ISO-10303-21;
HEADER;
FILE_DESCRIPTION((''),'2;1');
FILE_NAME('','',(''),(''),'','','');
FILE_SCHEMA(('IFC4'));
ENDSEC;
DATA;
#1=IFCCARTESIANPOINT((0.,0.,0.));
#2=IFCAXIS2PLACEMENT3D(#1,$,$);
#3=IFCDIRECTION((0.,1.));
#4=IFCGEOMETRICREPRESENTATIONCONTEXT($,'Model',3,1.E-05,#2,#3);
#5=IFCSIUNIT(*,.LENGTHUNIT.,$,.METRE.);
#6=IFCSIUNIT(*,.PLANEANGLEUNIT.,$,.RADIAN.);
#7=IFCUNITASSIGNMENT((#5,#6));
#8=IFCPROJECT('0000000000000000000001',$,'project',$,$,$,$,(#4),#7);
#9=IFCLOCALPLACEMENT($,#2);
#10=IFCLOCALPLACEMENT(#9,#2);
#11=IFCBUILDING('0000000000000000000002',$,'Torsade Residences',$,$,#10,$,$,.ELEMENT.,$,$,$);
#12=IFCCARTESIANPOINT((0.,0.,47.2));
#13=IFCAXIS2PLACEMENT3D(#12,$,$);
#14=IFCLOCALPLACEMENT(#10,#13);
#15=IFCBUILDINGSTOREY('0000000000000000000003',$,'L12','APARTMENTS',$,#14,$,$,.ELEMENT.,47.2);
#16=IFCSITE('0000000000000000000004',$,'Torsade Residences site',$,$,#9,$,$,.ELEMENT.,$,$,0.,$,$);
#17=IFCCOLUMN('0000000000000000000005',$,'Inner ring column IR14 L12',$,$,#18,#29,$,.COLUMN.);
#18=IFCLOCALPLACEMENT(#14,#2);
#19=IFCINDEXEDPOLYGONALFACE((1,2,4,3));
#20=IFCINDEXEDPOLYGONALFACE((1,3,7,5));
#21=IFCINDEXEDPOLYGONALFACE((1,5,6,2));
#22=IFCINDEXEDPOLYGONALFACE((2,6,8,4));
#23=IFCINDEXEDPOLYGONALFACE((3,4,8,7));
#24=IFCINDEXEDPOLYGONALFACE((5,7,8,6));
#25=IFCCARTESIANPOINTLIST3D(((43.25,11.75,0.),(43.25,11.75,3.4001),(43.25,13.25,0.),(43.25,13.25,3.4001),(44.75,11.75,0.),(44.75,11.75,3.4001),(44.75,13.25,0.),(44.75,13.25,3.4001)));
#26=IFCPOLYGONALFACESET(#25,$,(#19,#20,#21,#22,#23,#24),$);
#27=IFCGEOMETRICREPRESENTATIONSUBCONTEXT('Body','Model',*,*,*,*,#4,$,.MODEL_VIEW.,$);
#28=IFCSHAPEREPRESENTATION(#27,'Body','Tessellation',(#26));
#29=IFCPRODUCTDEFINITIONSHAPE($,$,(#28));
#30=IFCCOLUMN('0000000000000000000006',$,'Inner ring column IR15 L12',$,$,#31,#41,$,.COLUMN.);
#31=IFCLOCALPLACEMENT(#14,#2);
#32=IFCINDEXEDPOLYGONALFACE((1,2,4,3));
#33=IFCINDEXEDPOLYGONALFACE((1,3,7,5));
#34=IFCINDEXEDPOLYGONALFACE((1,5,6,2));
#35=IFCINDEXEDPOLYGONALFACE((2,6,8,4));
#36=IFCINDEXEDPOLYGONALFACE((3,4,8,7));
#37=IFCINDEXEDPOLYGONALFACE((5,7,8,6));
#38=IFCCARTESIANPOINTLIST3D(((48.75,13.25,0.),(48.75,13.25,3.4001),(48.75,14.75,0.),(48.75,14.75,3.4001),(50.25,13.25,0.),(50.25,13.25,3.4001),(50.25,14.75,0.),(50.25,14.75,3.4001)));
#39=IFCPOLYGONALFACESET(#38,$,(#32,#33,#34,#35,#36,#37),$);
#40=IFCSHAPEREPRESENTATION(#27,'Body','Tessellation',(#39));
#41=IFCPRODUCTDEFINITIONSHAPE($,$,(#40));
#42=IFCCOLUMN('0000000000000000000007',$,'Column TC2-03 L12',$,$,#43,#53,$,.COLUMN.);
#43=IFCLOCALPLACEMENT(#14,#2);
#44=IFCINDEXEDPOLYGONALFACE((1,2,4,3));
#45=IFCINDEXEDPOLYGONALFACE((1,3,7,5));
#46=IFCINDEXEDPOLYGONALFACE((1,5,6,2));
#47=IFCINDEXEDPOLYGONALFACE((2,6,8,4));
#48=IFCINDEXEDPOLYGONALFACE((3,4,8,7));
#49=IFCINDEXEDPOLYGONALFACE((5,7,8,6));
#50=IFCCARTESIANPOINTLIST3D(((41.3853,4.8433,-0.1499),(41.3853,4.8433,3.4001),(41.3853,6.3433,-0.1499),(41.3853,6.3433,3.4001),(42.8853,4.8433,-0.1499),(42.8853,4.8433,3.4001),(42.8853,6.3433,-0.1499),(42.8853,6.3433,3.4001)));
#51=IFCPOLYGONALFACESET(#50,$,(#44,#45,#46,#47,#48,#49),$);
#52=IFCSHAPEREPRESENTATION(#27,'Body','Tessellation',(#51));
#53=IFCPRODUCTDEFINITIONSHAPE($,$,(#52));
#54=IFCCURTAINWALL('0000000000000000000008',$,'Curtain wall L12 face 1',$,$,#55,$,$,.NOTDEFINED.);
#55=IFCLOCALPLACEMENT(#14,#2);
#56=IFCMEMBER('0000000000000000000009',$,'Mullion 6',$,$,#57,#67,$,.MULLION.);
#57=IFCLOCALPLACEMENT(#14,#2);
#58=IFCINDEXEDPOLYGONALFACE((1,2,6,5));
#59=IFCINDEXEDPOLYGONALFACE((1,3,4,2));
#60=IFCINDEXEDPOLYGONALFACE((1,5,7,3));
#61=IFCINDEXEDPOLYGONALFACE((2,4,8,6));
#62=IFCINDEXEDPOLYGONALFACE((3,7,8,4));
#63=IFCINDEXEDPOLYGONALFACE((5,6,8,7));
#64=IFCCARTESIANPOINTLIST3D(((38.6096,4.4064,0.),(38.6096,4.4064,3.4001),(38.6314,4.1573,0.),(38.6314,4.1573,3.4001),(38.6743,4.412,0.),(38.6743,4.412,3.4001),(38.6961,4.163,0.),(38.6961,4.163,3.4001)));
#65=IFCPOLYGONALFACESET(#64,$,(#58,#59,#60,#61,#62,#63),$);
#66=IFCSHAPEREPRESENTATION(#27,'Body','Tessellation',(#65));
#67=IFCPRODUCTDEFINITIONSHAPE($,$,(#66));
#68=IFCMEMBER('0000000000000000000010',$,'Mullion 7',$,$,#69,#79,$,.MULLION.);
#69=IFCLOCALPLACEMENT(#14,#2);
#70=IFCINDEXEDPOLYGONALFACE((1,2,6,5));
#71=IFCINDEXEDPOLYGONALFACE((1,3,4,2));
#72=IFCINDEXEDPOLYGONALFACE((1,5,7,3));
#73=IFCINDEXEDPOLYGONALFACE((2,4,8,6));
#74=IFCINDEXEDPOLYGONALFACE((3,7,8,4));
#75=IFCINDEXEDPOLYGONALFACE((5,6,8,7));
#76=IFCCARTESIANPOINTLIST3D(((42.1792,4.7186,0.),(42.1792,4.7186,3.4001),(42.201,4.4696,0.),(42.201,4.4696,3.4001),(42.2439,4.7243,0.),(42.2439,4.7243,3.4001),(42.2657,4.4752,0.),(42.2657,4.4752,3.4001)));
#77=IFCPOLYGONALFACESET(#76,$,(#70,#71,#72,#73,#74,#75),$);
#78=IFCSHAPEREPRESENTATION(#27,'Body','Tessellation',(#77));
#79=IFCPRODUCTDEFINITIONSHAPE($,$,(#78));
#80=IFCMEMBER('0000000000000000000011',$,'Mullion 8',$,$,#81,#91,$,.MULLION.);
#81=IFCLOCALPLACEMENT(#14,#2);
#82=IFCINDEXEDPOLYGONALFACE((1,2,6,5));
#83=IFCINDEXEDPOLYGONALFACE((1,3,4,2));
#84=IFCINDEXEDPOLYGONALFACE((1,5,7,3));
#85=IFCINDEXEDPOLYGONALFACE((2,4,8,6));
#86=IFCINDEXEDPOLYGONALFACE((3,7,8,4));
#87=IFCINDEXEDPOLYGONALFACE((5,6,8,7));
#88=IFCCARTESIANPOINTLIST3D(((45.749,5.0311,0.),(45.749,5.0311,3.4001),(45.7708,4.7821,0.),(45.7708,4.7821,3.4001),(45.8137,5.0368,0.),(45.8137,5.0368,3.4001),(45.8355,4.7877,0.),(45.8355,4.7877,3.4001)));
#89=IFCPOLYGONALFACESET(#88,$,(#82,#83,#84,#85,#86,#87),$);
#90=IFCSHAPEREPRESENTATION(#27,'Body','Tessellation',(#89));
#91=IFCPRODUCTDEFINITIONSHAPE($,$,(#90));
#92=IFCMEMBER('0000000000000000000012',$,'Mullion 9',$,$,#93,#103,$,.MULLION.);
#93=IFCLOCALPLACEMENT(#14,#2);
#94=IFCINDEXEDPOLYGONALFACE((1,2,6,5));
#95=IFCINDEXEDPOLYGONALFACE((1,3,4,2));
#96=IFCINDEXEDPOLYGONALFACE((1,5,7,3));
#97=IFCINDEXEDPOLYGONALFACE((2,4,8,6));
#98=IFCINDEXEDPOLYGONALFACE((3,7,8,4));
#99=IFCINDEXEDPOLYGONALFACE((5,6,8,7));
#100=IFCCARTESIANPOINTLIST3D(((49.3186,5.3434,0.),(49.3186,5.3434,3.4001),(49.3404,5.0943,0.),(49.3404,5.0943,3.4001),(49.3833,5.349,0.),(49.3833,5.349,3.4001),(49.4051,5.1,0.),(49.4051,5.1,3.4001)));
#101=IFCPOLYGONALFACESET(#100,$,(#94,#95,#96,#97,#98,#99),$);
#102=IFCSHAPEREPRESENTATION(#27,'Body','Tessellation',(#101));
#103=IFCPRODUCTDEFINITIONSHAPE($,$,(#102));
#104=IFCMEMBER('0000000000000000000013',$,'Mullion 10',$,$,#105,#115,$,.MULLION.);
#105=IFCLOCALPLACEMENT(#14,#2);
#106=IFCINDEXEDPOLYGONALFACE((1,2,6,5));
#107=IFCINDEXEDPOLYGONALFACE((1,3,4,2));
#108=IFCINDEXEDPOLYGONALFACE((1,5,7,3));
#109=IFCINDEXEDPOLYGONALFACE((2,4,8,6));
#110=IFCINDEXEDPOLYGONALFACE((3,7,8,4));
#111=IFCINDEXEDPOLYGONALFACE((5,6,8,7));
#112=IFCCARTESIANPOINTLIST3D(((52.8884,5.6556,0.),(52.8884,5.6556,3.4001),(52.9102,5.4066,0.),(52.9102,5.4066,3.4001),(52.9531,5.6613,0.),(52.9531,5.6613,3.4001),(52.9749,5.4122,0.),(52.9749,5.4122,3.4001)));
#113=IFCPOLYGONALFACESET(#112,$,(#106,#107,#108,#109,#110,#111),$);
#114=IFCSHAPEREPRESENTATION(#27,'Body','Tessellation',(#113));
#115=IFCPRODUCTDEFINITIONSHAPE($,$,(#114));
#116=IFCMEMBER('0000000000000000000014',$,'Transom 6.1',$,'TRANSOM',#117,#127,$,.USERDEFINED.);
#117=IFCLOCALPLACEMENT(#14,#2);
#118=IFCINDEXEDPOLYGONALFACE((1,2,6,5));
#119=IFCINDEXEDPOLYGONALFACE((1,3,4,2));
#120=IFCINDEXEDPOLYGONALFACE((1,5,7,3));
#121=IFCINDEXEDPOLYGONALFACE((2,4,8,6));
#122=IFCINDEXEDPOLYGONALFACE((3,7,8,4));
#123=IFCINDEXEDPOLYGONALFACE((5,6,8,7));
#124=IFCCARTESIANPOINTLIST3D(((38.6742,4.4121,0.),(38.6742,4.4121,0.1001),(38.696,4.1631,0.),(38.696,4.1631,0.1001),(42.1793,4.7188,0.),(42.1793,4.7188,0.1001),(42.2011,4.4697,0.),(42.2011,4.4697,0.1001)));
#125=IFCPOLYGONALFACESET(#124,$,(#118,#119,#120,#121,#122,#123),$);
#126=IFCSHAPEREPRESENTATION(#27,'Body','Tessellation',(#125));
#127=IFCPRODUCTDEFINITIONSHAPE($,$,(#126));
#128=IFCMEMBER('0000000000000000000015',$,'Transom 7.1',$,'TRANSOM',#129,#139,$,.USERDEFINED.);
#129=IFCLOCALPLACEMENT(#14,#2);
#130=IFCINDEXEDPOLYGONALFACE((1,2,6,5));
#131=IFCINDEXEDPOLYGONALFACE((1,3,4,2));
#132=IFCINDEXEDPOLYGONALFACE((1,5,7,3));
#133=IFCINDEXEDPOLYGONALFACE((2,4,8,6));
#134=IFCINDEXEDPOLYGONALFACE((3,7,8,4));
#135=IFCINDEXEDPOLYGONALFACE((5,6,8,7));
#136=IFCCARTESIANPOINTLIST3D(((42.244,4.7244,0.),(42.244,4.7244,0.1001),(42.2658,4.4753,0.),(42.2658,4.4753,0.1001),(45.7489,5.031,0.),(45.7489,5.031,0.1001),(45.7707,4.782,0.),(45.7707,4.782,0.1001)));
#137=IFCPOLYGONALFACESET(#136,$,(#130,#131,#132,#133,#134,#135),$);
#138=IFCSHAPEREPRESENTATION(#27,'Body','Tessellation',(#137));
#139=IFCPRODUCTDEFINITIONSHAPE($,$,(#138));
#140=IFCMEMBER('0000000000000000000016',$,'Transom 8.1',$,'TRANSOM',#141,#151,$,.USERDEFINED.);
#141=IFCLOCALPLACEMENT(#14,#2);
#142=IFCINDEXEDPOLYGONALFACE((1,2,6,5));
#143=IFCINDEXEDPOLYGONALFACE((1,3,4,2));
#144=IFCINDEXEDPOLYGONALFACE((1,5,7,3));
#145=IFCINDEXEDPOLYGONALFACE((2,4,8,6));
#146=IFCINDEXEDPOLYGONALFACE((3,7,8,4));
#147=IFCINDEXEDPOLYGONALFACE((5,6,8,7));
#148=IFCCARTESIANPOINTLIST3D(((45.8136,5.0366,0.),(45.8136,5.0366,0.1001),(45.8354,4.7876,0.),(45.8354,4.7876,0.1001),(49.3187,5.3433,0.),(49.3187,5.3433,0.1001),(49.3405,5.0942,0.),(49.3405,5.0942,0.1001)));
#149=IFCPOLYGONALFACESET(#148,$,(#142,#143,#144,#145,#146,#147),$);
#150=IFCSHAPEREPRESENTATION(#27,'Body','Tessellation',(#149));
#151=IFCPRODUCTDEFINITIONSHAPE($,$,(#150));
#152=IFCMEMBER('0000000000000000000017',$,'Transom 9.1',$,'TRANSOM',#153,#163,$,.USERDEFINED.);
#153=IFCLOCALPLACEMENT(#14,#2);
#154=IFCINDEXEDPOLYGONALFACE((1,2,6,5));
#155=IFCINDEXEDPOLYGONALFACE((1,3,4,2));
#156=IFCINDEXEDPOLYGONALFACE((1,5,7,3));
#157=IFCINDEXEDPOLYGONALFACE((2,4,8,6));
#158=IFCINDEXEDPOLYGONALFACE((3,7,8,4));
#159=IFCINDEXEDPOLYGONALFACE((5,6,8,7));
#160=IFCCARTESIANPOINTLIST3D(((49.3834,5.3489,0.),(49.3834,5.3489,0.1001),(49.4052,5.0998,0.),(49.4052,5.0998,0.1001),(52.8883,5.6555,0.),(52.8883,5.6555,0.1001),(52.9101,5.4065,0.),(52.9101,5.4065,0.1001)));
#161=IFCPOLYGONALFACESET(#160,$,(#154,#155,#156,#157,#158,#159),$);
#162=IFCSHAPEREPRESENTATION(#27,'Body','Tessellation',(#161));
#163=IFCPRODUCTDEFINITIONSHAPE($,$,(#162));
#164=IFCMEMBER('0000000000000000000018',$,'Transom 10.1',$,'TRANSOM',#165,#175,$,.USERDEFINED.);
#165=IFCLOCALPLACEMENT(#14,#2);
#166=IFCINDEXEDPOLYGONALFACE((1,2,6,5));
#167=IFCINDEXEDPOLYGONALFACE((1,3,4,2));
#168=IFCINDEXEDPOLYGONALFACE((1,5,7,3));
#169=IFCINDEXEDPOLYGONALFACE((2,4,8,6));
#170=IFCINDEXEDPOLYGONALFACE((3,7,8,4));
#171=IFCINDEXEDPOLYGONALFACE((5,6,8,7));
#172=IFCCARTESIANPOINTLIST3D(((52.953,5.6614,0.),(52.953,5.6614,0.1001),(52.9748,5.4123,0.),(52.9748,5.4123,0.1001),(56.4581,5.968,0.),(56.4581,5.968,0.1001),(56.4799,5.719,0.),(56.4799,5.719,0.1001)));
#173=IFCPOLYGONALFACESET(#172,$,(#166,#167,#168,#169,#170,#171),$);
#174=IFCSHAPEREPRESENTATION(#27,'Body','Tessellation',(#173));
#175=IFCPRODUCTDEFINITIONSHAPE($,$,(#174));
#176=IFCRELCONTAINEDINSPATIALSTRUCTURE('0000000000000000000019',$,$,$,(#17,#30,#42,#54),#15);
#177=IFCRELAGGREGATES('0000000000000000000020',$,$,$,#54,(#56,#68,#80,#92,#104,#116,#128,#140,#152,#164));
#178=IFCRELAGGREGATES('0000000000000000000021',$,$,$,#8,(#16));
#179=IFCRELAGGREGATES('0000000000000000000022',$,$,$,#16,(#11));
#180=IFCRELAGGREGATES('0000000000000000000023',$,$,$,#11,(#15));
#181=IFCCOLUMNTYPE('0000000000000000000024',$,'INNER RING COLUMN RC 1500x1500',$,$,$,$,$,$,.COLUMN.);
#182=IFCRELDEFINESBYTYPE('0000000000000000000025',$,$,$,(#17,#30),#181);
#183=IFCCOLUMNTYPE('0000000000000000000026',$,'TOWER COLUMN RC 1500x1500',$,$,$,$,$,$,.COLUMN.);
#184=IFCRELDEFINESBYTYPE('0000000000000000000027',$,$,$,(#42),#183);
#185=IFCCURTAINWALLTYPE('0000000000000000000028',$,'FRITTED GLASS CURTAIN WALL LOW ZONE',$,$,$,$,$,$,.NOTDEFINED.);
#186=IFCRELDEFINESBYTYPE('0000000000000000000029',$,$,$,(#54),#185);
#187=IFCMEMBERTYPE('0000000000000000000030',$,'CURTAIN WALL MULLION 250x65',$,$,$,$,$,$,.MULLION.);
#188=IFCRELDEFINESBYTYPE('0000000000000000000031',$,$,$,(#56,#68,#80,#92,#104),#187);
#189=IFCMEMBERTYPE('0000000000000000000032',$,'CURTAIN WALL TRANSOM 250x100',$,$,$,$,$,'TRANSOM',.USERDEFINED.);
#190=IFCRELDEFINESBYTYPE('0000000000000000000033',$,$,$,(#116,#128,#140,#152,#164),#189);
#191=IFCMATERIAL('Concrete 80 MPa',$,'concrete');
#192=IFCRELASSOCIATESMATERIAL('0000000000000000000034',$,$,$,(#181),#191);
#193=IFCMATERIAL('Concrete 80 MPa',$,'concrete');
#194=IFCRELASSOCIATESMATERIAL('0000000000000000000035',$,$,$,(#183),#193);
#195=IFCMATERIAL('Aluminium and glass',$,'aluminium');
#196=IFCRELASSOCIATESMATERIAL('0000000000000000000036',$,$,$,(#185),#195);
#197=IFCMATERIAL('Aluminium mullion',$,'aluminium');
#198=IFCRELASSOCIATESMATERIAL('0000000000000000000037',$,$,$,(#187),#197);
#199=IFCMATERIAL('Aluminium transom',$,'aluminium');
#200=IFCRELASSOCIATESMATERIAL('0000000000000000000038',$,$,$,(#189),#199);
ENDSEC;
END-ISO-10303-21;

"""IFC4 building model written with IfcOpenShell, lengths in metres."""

from ifc_helpers import new_model, si_unit, direction, frame, origin, origin_2d, place, context, subcontext, project, spatial, rectangle, extrude, material, material_profile, profile_set, type_object, element, aggregate, save


model = new_model("IFC4")

# Units and contexts
model_context = context("Model", 3, precision=1e-05, world=origin(), true_north=direction((0.0, 1.0)))
body_context = subcontext(model_context, "Body", "Model", "MODEL_VIEW")
ifc_project = project(units=[si_unit("LENGTHUNIT", "METRE"), si_unit("PLANEANGLEUNIT", "RADIAN")], contexts=[model_context])

# Site, building, storey
site_placement = place(None, origin())
site = spatial("IfcSite", under=ifc_project, at=site_placement, Name="Torsade Residences site", CompositionType="ELEMENT", RefElevation=0.0)
building_placement = place(site_placement, origin())
building = spatial("IfcBuilding", under=site, at=building_placement, Name="Torsade Residences", CompositionType="ELEMENT")
storey_placement = place(building_placement, frame((0.0, 0.0, 47.2)))
storey = spatial("IfcBuildingStorey", under=building, at=storey_placement, Name="L12", Description="APARTMENTS", CompositionType="ELEMENT", Elevation=47.2)

# Columns
ifc_material_1 = material(Name="Concrete 80 MPa", Category="concrete")
ifc_material_profile_1 = material_profile(ifc_material_1, rectangle(XDim=1.5, YDim=1.5, at=origin_2d()), Name="RC 1500x1500")
ifc_profile_set_1 = profile_set([ifc_material_profile_1], Name="Concrete 80 MPa")
column_type_1 = type_object("IfcColumnType", Name="INNER RING COLUMN RC 1500x1500", PredefinedType="COLUMN", material=ifc_profile_set_1)
for number, where, z_axis, x_axis, name in (
    (1, (44.0, 12.5, 0.0), (0.0, 0.0, 1.0), (1.0, 0.0, 0.0), "Inner ring column IR14 L12"),
    (2, (49.5, 14.0, 0.0), (0.0, 0.0, 1.0), (1.0, 0.0, 0.0), "Inner ring column IR15 L12"),
):
    element("IfcColumn", number, at=place(storey_placement, frame(where, z_axis=z_axis, x_axis=x_axis)), inside=storey, type_object=column_type_1, Name=name, PredefinedType="COLUMN", context=body_context, shape_type="SweptSolid", body=[
        extrude(rectangle(XDim=1.5, YDim=1.5, at=origin_2d()), origin(), (0.0, 0.0, 1.0), 3.4001),
    ])
ifc_material_2 = material(Name="Concrete 80 MPa", Category="concrete")
ifc_material_profile_2 = material_profile(ifc_material_2, rectangle(XDim=1.5, YDim=1.5, at=origin_2d()), Name="RC 1500x1500")
ifc_profile_set_2 = profile_set([ifc_material_profile_2], Name="Concrete 80 MPa")
column_type_2 = type_object("IfcColumnType", Name="TOWER COLUMN RC 1500x1500", PredefinedType="COLUMN", material=ifc_profile_set_2)
column_placement = place(storey_placement, frame((42.1353, 5.5933, -0.1499), z_axis=(0.0, 0.0, 1.0), x_axis=(1.0, 0.0, 0.0)))
element("IfcColumn", 3, at=column_placement, inside=storey, type_object=column_type_2, Name="Column TC2-03 L12", PredefinedType="COLUMN", context=body_context, shape_type="SweptSolid", body=[
    extrude(rectangle(XDim=1.5, YDim=1.5, at=origin_2d()), origin(), (0.0, 0.0, 1.0), 3.55),
])

# Curtain wall, members
ifc_material_3 = material(Name="Aluminium and glass", Category="aluminium")
curtain_wall_type = type_object("IfcCurtainWallType", Name="FRITTED GLASS CURTAIN WALL LOW ZONE", PredefinedType="NOTDEFINED", material=ifc_material_3)
curtain_wall_placement = place(storey_placement, origin())
curtain_wall = element("IfcCurtainWall", 4, at=curtain_wall_placement, inside=storey, type_object=curtain_wall_type, Name="Curtain wall L12 face 1", PredefinedType="NOTDEFINED")
ifc_material_4 = material(Name="Aluminium mullion", Category="aluminium")
ifc_material_profile_3 = material_profile(ifc_material_4, rectangle(XDim=0.25, YDim=0.0649, at=origin_2d()), Name="CURTAIN WALL MULLION 250x65")
ifc_profile_set_3 = profile_set([ifc_material_profile_3], Name="Aluminium mullion")
member_type_1 = type_object("IfcMemberType", Name="CURTAIN WALL MULLION 250x65", PredefinedType="MULLION", material=ifc_profile_set_3)
member_1_placement = place(storey_placement, frame((38.6528, 4.2847, 0.0), z_axis=(0.0, 0.0, 1.0), x_axis=(-0.087156, 0.996195, 0.0)))
member_1 = element("IfcMember", 5, at=member_1_placement, type_object=member_type_1, Name="Mullion 6", PredefinedType="MULLION", context=body_context, shape_type="SweptSolid", body=[
    extrude(rectangle(XDim=0.25, YDim=0.0649, at=origin_2d()), origin(), (0.0, 0.0, 1.0), 3.4001),
])
member_2_placement = place(storey_placement, frame((42.2224, 4.5969, 0.0), z_axis=(0.0, 0.0, 1.0), x_axis=(-0.087156, 0.996195, 0.0)))
member_2 = element("IfcMember", 6, at=member_2_placement, type_object=member_type_1, Name="Mullion 7", PredefinedType="MULLION", context=body_context, shape_type="SweptSolid", body=[
    extrude(rectangle(XDim=0.25, YDim=0.0649, at=origin_2d()), origin(), (0.0, 0.0, 1.0), 3.4001),
])
member_3_placement = place(storey_placement, frame((45.7922, 4.9094, 0.0), z_axis=(0.0, 0.0, 1.0), x_axis=(-0.087156, 0.996195, 0.0)))
member_3 = element("IfcMember", 7, at=member_3_placement, type_object=member_type_1, Name="Mullion 8", PredefinedType="MULLION", context=body_context, shape_type="SweptSolid", body=[
    extrude(rectangle(XDim=0.25, YDim=0.0649, at=origin_2d()), origin(), (0.0, 0.0, 1.0), 3.4001),
])
member_4_placement = place(storey_placement, frame((49.3618, 5.2217, 0.0), z_axis=(0.0, 0.0, 1.0), x_axis=(-0.087156, 0.996195, 0.0)))
member_4 = element("IfcMember", 8, at=member_4_placement, type_object=member_type_1, Name="Mullion 9", PredefinedType="MULLION", context=body_context, shape_type="SweptSolid", body=[
    extrude(rectangle(XDim=0.25, YDim=0.0649, at=origin_2d()), origin(), (0.0, 0.0, 1.0), 3.4001),
])
member_5_placement = place(storey_placement, frame((52.9316, 5.5339, 0.0), z_axis=(0.0, 0.0, 1.0), x_axis=(-0.087156, 0.996195, 0.0)))
member_5 = element("IfcMember", 9, at=member_5_placement, type_object=member_type_1, Name="Mullion 10", PredefinedType="MULLION", context=body_context, shape_type="SweptSolid", body=[
    extrude(rectangle(XDim=0.25, YDim=0.0649, at=origin_2d()), origin(), (0.0, 0.0, 1.0), 3.4001),
])
ifc_material_5 = material(Name="Aluminium transom", Category="aluminium")
ifc_material_profile_4 = material_profile(ifc_material_5, rectangle(XDim=0.25, YDim=0.1001, at=origin_2d()), Name="CURTAIN WALL TRANSOM 250x100")
ifc_profile_set_4 = profile_set([ifc_material_profile_4], Name="Aluminium transom")
member_type_2 = type_object("IfcMemberType", Name="CURTAIN WALL TRANSOM 250x100", ElementType="TRANSOM", PredefinedType="USERDEFINED", material=ifc_profile_set_4)
member_6_placement = place(storey_placement, frame((38.6851, 4.2876, 0.05), z_axis=(0.996195, 0.087151, 0.0), x_axis=(-0.087151, 0.996195, 0.0)))
member_6 = element("IfcMember", 10, at=member_6_placement, type_object=member_type_2, Name="Transom 6.1", ObjectType="TRANSOM", PredefinedType="USERDEFINED", context=body_context, shape_type="SweptSolid", body=[
    extrude(rectangle(XDim=0.25, YDim=0.1001, at=origin_2d()), origin(), (0.0, 0.0, 1.0), 3.5186),
])
member_7_placement = place(storey_placement, frame((42.2549, 4.5999, 0.05), z_axis=(0.996195, 0.087157, 0.0), x_axis=(-0.087157, 0.996195, 0.0)))
member_7 = element("IfcMember", 11, at=member_7_placement, type_object=member_type_2, Name="Transom 7.1", ObjectType="TRANSOM", PredefinedType="USERDEFINED", context=body_context, shape_type="SweptSolid", body=[
    extrude(rectangle(XDim=0.25, YDim=0.1001, at=origin_2d()), origin(), (0.0, 0.0, 1.0), 3.5183),
])
member_8_placement = place(storey_placement, frame((45.8245, 4.9121, 0.05), z_axis=(0.996195, 0.087151, 0.0), x_axis=(-0.087151, 0.996195, 0.0)))
member_8 = element("IfcMember", 12, at=member_8_placement, type_object=member_type_2, Name="Transom 8.1", ObjectType="TRANSOM", PredefinedType="USERDEFINED", context=body_context, shape_type="SweptSolid", body=[
    extrude(rectangle(XDim=0.25, YDim=0.1001, at=origin_2d()), origin(), (0.0, 0.0, 1.0), 3.5186),
])
member_9_placement = place(storey_placement, frame((49.3943, 5.2244, 0.05), z_axis=(0.996195, 0.087157, 0.0), x_axis=(-0.087157, 0.996195, 0.0)))
member_9 = element("IfcMember", 13, at=member_9_placement, type_object=member_type_2, Name="Transom 9.1", ObjectType="TRANSOM", PredefinedType="USERDEFINED", context=body_context, shape_type="SweptSolid", body=[
    extrude(rectangle(XDim=0.25, YDim=0.1001, at=origin_2d()), origin(), (0.0, 0.0, 1.0), 3.5183),
])
member_10_placement = place(storey_placement, frame((52.9639, 5.5369, 0.05), z_axis=(0.996195, 0.087151, 0.0), x_axis=(-0.087151, 0.996195, 0.0)))
member_10 = element("IfcMember", 14, at=member_10_placement, type_object=member_type_2, Name="Transom 10.1", ObjectType="TRANSOM", PredefinedType="USERDEFINED", context=body_context, shape_type="SweptSolid", body=[
    extrude(rectangle(XDim=0.25, YDim=0.1001, at=origin_2d()), origin(), (0.0, 0.0, 1.0), 3.5186),
])

aggregate(curtain_wall, [member_1, member_2, member_3, member_4, member_5, member_6, member_7, member_8, member_9, member_10])

save(model, "model.ifc")
